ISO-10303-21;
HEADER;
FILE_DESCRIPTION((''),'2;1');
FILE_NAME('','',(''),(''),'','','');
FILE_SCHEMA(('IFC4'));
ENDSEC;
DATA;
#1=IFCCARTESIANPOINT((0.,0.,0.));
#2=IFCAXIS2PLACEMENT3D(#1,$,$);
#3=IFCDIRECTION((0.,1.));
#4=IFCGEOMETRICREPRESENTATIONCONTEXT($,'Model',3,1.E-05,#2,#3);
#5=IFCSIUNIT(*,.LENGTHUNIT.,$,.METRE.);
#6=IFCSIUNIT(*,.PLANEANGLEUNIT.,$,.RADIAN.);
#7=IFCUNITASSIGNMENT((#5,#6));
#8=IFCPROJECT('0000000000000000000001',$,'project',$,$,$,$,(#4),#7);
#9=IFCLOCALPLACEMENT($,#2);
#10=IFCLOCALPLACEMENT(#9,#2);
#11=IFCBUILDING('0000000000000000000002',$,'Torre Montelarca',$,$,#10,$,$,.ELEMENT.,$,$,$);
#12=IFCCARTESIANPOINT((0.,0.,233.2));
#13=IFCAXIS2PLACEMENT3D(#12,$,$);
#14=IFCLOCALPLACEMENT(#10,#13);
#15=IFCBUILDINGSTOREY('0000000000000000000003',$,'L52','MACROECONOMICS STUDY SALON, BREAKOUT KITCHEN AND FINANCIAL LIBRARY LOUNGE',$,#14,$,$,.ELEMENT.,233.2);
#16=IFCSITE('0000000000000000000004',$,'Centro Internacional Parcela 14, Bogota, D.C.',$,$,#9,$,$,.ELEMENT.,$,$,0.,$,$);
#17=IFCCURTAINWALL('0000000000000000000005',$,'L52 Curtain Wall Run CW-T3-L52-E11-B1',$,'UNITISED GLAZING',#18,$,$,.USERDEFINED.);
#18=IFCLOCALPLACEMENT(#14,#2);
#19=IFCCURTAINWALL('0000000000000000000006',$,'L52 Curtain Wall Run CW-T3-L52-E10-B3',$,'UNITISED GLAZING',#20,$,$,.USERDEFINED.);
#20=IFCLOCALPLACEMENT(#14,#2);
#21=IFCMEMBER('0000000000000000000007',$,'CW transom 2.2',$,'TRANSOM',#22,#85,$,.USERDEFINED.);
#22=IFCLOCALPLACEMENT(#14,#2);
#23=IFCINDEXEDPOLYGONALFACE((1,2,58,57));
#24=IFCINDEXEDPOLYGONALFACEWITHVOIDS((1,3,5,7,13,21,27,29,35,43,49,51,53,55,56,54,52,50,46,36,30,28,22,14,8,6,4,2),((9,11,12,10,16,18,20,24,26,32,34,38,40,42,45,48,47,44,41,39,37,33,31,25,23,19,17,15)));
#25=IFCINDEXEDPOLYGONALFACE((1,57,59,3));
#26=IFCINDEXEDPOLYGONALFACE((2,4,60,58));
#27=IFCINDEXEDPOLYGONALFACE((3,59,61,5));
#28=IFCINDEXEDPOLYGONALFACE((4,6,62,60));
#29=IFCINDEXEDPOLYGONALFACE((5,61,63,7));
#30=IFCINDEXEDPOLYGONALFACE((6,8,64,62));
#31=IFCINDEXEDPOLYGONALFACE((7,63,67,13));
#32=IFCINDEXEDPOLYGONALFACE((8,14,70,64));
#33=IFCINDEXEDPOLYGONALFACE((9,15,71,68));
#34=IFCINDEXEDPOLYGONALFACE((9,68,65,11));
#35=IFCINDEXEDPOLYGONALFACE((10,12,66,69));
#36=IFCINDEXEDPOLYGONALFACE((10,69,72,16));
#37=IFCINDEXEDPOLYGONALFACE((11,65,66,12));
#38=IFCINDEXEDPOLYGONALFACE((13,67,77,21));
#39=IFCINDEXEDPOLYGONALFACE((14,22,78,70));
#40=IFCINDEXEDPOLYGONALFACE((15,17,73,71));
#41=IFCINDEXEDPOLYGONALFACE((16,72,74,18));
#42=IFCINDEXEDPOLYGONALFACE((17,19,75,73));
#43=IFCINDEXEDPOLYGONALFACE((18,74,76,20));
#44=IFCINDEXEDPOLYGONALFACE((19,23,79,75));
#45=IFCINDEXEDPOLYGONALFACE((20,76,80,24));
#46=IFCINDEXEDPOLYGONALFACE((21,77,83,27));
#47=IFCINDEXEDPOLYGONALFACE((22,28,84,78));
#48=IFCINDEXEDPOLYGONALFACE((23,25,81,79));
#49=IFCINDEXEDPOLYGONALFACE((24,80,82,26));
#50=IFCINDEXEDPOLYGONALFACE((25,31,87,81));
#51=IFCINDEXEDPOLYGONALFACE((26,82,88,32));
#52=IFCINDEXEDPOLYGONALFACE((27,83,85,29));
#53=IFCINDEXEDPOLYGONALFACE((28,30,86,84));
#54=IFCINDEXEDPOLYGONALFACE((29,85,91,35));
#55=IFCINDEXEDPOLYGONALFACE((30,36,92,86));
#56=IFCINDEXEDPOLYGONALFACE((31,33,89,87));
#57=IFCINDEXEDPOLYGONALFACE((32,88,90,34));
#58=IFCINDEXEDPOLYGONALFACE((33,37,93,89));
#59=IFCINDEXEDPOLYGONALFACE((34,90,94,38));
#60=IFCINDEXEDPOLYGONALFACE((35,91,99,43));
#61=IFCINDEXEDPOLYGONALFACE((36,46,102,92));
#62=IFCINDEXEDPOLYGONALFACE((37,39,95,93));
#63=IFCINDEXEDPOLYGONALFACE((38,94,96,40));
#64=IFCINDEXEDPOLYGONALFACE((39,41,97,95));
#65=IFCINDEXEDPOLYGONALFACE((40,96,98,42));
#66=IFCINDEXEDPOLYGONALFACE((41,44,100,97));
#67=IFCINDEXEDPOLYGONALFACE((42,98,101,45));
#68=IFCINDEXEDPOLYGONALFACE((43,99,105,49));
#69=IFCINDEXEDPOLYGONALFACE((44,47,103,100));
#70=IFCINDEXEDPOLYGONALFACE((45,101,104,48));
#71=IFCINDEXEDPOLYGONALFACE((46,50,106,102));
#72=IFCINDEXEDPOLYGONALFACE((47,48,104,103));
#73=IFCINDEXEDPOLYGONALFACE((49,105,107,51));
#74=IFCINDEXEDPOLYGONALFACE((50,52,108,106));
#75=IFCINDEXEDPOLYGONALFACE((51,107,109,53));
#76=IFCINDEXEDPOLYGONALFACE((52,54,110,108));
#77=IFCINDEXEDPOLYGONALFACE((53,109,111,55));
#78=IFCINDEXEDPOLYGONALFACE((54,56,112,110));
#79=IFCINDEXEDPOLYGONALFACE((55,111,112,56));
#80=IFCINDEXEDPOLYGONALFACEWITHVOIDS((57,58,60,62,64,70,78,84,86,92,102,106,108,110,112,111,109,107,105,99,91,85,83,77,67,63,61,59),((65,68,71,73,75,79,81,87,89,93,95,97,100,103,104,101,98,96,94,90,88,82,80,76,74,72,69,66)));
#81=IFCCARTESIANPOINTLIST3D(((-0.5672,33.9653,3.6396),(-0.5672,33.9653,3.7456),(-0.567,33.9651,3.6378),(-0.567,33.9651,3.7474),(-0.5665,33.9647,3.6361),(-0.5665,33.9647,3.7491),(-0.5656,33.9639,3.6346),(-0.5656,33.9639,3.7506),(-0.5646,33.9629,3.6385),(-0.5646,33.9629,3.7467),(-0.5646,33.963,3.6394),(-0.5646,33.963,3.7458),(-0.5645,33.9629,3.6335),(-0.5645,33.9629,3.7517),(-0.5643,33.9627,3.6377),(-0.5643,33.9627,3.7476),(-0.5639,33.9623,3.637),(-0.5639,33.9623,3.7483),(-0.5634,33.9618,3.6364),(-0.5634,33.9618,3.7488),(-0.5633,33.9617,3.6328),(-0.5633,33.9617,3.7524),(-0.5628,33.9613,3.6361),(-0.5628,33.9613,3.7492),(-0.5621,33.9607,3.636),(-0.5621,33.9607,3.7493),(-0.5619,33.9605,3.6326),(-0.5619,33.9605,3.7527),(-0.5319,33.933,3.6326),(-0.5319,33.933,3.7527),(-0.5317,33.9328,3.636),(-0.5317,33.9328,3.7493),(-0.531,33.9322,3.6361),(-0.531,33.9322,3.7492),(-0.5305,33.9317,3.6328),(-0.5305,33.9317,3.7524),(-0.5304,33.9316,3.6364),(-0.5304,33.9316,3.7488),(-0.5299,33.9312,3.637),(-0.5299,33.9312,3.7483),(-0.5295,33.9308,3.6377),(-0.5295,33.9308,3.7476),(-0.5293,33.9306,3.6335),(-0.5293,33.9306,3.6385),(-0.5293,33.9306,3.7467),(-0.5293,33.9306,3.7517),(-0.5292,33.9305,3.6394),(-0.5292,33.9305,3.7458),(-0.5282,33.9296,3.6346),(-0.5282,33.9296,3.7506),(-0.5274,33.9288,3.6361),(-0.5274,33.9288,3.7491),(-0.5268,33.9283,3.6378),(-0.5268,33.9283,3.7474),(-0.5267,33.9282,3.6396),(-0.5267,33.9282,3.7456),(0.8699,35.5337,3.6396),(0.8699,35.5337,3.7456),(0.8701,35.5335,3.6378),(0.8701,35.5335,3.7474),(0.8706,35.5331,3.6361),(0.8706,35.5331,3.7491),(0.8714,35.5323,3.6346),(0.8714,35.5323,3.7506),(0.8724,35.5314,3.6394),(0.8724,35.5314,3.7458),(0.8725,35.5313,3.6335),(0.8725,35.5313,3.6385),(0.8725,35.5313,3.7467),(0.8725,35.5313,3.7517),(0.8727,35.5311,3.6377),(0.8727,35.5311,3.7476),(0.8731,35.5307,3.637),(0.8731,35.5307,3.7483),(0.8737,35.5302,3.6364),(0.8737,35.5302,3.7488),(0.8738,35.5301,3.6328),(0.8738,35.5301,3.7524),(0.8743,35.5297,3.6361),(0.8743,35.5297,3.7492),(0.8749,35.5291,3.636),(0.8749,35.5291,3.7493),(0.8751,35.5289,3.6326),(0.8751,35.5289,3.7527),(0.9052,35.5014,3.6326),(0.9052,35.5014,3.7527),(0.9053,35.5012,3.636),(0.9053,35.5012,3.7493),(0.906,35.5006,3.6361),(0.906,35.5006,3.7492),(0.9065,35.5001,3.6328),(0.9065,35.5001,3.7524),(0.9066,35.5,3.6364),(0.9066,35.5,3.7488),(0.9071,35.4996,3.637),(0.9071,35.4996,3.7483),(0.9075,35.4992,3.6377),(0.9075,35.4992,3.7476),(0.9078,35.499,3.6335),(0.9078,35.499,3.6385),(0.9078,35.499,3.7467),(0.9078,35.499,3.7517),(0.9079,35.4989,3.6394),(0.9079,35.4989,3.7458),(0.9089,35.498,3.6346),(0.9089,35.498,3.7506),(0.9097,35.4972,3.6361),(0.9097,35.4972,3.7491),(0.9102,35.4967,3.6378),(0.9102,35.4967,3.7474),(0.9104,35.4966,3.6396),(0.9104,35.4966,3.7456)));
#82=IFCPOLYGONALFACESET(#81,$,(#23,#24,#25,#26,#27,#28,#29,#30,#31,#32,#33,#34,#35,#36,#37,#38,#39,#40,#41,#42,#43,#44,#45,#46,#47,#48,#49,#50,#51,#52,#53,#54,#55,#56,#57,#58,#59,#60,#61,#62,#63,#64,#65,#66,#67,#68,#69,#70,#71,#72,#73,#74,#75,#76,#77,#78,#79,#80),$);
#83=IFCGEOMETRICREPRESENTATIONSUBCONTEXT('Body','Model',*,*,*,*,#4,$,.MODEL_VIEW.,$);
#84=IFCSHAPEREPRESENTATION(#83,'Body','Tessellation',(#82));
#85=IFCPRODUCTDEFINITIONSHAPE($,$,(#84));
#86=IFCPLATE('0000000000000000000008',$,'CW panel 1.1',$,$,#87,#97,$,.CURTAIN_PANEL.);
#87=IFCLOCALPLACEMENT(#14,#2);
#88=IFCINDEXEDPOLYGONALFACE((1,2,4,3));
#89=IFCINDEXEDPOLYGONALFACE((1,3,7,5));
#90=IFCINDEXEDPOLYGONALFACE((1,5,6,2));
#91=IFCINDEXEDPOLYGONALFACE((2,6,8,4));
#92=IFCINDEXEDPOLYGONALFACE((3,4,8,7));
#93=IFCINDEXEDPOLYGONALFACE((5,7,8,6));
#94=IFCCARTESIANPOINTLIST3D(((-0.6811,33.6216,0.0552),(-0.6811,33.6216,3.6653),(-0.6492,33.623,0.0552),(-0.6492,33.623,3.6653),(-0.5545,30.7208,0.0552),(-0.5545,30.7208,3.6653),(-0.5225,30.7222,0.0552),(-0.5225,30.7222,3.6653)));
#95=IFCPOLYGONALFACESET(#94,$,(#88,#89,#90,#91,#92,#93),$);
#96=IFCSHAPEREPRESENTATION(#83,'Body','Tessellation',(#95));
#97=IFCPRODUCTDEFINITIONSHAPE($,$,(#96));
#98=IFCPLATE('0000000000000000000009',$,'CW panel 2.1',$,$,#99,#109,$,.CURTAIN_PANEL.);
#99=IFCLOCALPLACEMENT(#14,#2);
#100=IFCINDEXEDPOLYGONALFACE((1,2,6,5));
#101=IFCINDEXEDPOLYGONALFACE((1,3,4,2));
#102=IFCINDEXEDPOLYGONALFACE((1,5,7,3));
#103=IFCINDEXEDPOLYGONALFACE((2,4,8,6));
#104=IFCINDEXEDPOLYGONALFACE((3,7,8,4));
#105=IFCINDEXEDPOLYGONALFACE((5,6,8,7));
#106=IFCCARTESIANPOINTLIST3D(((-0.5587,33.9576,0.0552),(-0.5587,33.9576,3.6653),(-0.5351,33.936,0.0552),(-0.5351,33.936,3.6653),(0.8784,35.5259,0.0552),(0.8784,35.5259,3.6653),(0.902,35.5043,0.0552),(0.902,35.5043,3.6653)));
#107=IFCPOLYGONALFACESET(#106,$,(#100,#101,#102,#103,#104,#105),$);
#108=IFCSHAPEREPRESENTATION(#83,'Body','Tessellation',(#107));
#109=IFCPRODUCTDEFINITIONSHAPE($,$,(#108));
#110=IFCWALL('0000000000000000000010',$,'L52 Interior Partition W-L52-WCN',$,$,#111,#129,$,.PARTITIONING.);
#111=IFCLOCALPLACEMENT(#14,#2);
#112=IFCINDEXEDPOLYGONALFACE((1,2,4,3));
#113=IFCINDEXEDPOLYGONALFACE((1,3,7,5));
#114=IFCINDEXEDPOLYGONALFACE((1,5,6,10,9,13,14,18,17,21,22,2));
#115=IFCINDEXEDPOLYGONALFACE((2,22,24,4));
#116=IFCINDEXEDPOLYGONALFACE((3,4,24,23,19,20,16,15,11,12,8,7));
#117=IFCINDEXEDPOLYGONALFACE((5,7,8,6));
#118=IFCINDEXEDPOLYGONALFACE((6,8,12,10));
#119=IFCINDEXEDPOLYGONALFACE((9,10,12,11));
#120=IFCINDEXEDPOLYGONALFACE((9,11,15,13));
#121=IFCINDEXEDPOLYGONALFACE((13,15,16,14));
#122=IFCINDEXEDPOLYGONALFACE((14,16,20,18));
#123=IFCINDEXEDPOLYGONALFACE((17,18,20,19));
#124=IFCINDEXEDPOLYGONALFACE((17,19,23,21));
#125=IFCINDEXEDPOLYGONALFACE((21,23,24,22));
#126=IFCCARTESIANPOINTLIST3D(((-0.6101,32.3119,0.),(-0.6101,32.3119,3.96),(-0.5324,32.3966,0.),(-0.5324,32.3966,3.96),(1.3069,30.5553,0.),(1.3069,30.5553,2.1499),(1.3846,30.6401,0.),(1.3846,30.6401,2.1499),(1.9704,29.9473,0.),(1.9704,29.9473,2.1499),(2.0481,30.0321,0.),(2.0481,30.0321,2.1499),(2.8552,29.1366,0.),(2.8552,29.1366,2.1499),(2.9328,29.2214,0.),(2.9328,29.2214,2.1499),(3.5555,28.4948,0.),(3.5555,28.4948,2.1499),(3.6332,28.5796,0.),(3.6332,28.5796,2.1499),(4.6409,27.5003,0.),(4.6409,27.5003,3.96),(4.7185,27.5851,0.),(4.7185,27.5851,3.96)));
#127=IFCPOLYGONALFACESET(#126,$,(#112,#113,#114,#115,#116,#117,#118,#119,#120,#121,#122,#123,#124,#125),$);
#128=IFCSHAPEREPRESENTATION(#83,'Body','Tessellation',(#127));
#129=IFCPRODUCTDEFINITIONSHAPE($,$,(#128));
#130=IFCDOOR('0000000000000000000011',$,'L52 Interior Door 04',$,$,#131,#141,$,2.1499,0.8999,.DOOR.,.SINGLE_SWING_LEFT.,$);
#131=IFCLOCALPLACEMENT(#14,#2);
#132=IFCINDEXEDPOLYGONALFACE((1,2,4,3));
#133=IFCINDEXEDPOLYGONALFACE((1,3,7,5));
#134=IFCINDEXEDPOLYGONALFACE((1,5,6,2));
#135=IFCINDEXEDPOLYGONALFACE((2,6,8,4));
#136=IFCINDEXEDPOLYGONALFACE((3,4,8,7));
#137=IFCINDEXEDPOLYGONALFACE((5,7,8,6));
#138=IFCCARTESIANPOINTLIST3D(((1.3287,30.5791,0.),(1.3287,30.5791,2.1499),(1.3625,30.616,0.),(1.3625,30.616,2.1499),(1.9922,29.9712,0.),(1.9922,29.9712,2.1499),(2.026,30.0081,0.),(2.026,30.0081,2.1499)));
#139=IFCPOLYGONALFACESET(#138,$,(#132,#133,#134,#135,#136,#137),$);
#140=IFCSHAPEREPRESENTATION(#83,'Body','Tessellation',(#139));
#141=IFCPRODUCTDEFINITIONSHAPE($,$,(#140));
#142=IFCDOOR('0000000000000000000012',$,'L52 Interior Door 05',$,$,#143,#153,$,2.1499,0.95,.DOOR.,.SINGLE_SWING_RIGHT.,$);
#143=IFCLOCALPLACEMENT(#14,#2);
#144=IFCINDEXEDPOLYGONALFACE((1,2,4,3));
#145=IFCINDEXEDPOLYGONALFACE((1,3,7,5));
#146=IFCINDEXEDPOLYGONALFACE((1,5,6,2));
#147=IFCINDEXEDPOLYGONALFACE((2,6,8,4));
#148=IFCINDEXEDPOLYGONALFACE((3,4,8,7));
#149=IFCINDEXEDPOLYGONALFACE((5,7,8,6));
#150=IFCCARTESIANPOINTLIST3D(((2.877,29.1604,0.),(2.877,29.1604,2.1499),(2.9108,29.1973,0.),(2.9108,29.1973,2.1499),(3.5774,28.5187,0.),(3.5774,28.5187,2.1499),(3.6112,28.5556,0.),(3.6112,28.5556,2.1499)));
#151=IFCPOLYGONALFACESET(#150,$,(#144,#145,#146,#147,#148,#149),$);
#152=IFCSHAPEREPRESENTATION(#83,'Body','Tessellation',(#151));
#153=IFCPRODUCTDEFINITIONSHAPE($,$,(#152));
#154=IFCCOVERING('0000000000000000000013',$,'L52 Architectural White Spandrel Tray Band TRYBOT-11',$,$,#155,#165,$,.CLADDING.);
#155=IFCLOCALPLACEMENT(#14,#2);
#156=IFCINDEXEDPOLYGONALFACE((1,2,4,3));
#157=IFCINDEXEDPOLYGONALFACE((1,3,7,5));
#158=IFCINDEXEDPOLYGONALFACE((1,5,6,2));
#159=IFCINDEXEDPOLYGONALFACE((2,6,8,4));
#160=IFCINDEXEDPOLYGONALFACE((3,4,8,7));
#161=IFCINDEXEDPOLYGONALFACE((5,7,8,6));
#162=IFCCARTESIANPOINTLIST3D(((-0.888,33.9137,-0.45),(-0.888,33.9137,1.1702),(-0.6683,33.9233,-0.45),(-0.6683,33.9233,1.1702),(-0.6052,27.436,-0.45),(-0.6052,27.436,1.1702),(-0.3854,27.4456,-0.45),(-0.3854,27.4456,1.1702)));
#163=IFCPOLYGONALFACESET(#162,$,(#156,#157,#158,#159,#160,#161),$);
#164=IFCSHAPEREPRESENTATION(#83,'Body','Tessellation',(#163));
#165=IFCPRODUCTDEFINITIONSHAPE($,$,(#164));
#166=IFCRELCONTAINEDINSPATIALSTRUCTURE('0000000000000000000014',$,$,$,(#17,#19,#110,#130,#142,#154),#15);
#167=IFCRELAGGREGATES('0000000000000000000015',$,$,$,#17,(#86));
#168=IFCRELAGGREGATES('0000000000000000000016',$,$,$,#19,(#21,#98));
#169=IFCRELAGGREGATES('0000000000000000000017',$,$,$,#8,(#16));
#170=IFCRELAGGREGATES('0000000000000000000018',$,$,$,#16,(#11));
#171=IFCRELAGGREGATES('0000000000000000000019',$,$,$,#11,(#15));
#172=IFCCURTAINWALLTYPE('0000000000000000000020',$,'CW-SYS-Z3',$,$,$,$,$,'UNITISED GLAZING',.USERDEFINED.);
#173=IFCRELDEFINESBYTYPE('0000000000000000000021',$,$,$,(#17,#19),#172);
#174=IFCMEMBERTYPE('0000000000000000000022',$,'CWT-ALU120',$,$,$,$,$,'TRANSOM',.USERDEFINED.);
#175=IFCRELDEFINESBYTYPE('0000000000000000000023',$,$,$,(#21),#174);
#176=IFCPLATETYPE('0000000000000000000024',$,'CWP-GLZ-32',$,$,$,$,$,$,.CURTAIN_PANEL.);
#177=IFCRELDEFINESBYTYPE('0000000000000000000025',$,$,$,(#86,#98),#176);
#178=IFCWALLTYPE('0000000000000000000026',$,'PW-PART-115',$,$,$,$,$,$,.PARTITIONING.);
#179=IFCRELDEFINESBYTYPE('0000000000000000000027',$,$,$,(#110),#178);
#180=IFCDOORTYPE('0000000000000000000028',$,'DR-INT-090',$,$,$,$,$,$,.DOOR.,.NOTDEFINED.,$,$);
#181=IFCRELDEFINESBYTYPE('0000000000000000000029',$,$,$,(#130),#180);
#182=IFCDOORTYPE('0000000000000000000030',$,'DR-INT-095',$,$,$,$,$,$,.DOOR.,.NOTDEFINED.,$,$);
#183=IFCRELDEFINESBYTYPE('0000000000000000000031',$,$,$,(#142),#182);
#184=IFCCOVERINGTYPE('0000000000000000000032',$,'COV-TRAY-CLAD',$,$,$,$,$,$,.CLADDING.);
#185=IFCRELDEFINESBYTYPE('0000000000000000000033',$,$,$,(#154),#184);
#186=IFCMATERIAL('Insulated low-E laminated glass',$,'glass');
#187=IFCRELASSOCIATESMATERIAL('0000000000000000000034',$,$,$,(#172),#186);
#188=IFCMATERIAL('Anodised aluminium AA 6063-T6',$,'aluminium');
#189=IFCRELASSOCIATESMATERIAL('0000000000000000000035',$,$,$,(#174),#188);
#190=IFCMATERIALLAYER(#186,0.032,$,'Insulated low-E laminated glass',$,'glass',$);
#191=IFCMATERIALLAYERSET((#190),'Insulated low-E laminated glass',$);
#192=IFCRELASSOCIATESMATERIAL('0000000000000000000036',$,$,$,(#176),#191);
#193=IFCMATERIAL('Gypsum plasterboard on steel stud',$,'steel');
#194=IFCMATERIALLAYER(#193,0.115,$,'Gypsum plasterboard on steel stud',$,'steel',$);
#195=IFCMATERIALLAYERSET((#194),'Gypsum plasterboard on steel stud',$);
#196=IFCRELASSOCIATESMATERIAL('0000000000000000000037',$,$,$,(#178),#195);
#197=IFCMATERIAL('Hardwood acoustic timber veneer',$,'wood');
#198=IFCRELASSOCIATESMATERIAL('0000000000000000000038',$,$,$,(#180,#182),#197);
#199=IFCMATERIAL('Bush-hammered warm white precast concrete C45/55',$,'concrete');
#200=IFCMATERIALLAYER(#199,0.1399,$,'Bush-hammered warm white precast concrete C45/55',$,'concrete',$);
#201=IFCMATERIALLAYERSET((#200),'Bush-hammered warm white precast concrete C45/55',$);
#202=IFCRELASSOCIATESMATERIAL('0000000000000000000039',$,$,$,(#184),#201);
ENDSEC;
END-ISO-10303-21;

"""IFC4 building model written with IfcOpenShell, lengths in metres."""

from ifc_helpers import new_model, si_unit, direction, frame, frame_2d, origin, origin_2d, place, context, subcontext, project, spatial, rectangle, hollow_rectangle, extrude, source, transform, mapped, material, layer, layer_set, material_profile, profile_set, type_object, element, fill, aggregate, save


model = new_model("IFC4")

# Units and contexts
model_context = context("Model", 3, precision=1e-05, world=origin(), true_north=direction((0.0, 1.0)))
body_context = subcontext(model_context, "Body", "Model", "MODEL_VIEW")
ifc_project = project(units=[si_unit("LENGTHUNIT", "METRE"), si_unit("PLANEANGLEUNIT", "RADIAN")], contexts=[model_context])

# Site, building, storey
site_placement = place(None, origin())
site = spatial("IfcSite", under=ifc_project, at=site_placement, Name="Centro Internacional Parcela 14, Bogota, D.C.", CompositionType="ELEMENT", RefElevation=0.0)
building_placement = place(site_placement, origin())
building = spatial("IfcBuilding", under=site, at=building_placement, Name="Torre Montelarca", CompositionType="ELEMENT")
storey_placement = place(building_placement, frame((0.0, 0.0, 233.2)))
storey = spatial("IfcBuildingStorey", under=building, at=storey_placement, Name="L52", Description="MACROECONOMICS STUDY SALON, BREAKOUT KITCHEN AND FINANCIAL LIBRARY LOUNGE", CompositionType="ELEMENT", Elevation=233.2)

# Curtain wall
ifc_material_1 = material(Name="Insulated low-E laminated glass", Category="glass")
curtain_wall_type = type_object("IfcCurtainWallType", Name="CW-SYS-Z3", ElementType="UNITISED GLAZING", PredefinedType="USERDEFINED", material=ifc_material_1)
curtain_wall_1_placement = place(storey_placement, origin())
curtain_wall_1 = element("IfcCurtainWall", 1, at=curtain_wall_1_placement, inside=storey, type_object=curtain_wall_type, Name="L52 Curtain Wall Run CW-T3-L52-E11-B1", ObjectType="UNITISED GLAZING", PredefinedType="USERDEFINED")
ifc_material_2 = material(Name="Anodised aluminium AA 6063-T6", Category="aluminium")
ifc_material_profile_1 = material_profile(ifc_material_2, hollow_rectangle(XDim=0.0549, YDim=0.1201, WallThickness=0.0034, InnerFilletRadius=0.0034, OuterFilletRadius=0.0071, at=origin_2d()), Name="ALU55X120X3.5", Category="aluminium")
ifc_profile_set_1 = profile_set([ifc_material_profile_1], Name="Anodised aluminium AA 6063-T6")
member_type_1 = type_object("IfcMemberType", Name="CWT-ALU120", ElementType="TRANSOM", PredefinedType="USERDEFINED", material=ifc_profile_set_1)

# Curtain wall
curtain_wall_2_placement = place(storey_placement, origin())
curtain_wall_2 = element("IfcCurtainWall", 2, at=curtain_wall_2_placement, inside=storey, type_object=curtain_wall_type, Name="L52 Curtain Wall Run CW-T3-L52-E10-B3", ObjectType="UNITISED GLAZING", PredefinedType="USERDEFINED")

# Member
shared_shape_1 = source(origin(), body_context, "Body", "SweptSolid", [
    extrude(hollow_rectangle(XDim=0.0549, YDim=0.1201, WallThickness=0.0034, InnerFilletRadius=0.0034, OuterFilletRadius=0.0071, at=origin_2d()), origin(), (0.0, 0.0, 1.0), 2.1272),
])
member_1_placement = place(storey_placement, frame((0.8901, 35.5151, 3.6926), z_axis=(-0.675558, -0.737307, 0.0), x_axis=(0.737307, -0.675558, 0.0)))
member_1 = element("IfcMember", 3, at=member_1_placement, type_object=member_type_1, Name="CW transom 2.2", ObjectType="TRANSOM", PredefinedType="USERDEFINED", context=body_context, shape_type="MappedRepresentation", body=[
    mapped(shared_shape_1, transform((0.0, 0.0, 0.0), scale=1.0)),
])

# Plates
ifc_layer_1 = layer(ifc_material_1, 0.032, Name="Insulated low-E laminated glass", Category="glass")
ifc_layer_set_1 = layer_set([ifc_layer_1], Name="Insulated low-E laminated glass")
plate_type = type_object("IfcPlateType", Name="CWP-GLZ-32", PredefinedType="CURTAIN_PANEL", material=ifc_layer_set_1)
shared_shape_2 = source(origin(), body_context, "Body", "SweptSolid", [
    extrude(rectangle(XDim=2.9036, YDim=0.032, at=origin_2d()), origin(), (0.0, 0.0, 1.0), 3.6101),
])
plate_1_placement = place(storey_placement, frame((-0.6018, 32.1719, 0.0552), z_axis=(0.0, 0.0, 1.0), x_axis=(0.043616, -0.999048, 0.0)))
plate_1 = element("IfcPlate", 4, at=plate_1_placement, type_object=plate_type, Name="CW panel 1.1", PredefinedType="CURTAIN_PANEL", context=body_context, shape_type="MappedRepresentation", body=[
    mapped(shared_shape_2, transform((0.0, 0.0, 0.0), scale=1.0)),
])
aggregate(curtain_wall_1, [plate_1])
shared_shape_3 = source(origin(), body_context, "Body", "SweptSolid", [
    extrude(rectangle(XDim=2.1272, YDim=0.032, at=origin_2d()), origin(), (0.0, 0.0, 1.0), 3.6101),
])
plate_2_placement = place(storey_placement, frame((0.1716, 34.731, 0.0552), z_axis=(0.0, 0.0, 1.0), x_axis=(-0.67558, -0.737287, 0.0)))
plate_2 = element("IfcPlate", 5, at=plate_2_placement, type_object=plate_type, Name="CW panel 2.1", PredefinedType="CURTAIN_PANEL", context=body_context, shape_type="MappedRepresentation", body=[
    mapped(shared_shape_3, transform((0.0, 0.0, 0.0), scale=1.0)),
])
aggregate(curtain_wall_2, [member_1, plate_2])

# Wall, openings, doors
ifc_material_3 = material(Name="Gypsum plasterboard on steel stud", Category="steel")
ifc_layer_2 = layer(ifc_material_3, 0.115, Name="Gypsum plasterboard on steel stud", Category="steel")
ifc_layer_set_2 = layer_set([ifc_layer_2], Name="Gypsum plasterboard on steel stud")
wall_type_1 = type_object("IfcWallType", Name="PW-PART-115", PredefinedType="PARTITIONING", material=ifc_layer_set_2)
wall_1_placement = place(storey_placement, frame((-0.5713, 32.3542, 0.0), z_axis=(0.0, 0.0, 1.0), x_axis=(0.737285, -0.675582, 0.0)))
wall_1 = element("IfcWall", 6, at=wall_1_placement, inside=storey, type_object=wall_type_1, Name="L52 Interior Partition W-L52-WCN", PredefinedType="PARTITIONING", context=body_context, shape_type="SweptSolid", body=[
    extrude(rectangle(XDim=7.1221, YDim=0.115, at=frame_2d((3.561, 0.0))), origin(), (0.0, 0.0, 1.0), 3.96),
])
opening_1_placement = place(wall_1_placement, frame((2.6001, 0.0, 0.0)))
opening_1 = element("IfcOpeningElement", 7, at=opening_1_placement, cuts=wall_1, PredefinedType="OPENING", context=body_context, shape_type="SweptSolid", body=[
    extrude(rectangle(XDim=0.8999, YDim=2.1499, at=frame_2d((0.45, 1.075))), frame((0.0, 0.0674, 0.0), z_axis=(0.0, -1.0, 0.0), x_axis=(1.0, 0.0, 0.0)), (0.0, 0.0, 1.0), 0.135),
])
opening_2_placement = place(wall_1_placement, frame((4.7, 0.0, 0.0)))
opening_2 = element("IfcOpeningElement", 8, at=opening_2_placement, cuts=wall_1, PredefinedType="OPENING", context=body_context, shape_type="SweptSolid", body=[
    extrude(rectangle(XDim=0.95, YDim=2.1499, at=frame_2d((0.4751, 1.075))), frame((0.0, 0.0674, 0.0), z_axis=(0.0, -1.0, 0.0), x_axis=(1.0, 0.0, 0.0)), (0.0, 0.0, 1.0), 0.135),
])
ifc_material_4 = material(Name="Hardwood acoustic timber veneer", Category="wood")
door_type_1 = type_object("IfcDoorType", Name="DR-INT-090", OperationType="NOTDEFINED", PredefinedType="DOOR", material=ifc_material_4)
shared_shape_4 = source(origin(), body_context, "Body", "SweptSolid", [
    extrude(rectangle(XDim=0.8999, YDim=2.1499, at=frame_2d((0.45, 1.075))), frame((0.0, 0.0249, 0.0), z_axis=(0.0, -1.0, 0.0), x_axis=(1.0, 0.0, 0.0)), (0.0, 0.0, 1.0), 0.05),
])
door_1_placement = place(opening_1_placement, origin())
door_1 = element("IfcDoor", 9, at=door_1_placement, inside=storey, type_object=door_type_1, Name="L52 Interior Door 04", OperationType="SINGLE_SWING_LEFT", OverallHeight=2.1499, OverallWidth=0.8999, PredefinedType="DOOR", context=body_context, shape_type="MappedRepresentation", body=[
    mapped(shared_shape_4, transform((0.0, 0.0, 0.0), scale=1.0)),
])
fill(opening_1, door_1)
door_type_2 = type_object("IfcDoorType", Name="DR-INT-095", OperationType="NOTDEFINED", PredefinedType="DOOR", material=ifc_material_4)
shared_shape_5 = source(origin(), body_context, "Body", "SweptSolid", [
    extrude(rectangle(XDim=0.95, YDim=2.1499, at=frame_2d((0.4751, 1.075))), frame((0.0, 0.0249, 0.0), z_axis=(0.0, -1.0, 0.0), x_axis=(1.0, 0.0, 0.0)), (0.0, 0.0, 1.0), 0.05),
])
door_2_placement = place(opening_2_placement, origin())
door_2 = element("IfcDoor", 10, at=door_2_placement, inside=storey, type_object=door_type_2, Name="L52 Interior Door 05", OperationType="SINGLE_SWING_RIGHT", OverallHeight=2.1499, OverallWidth=0.95, PredefinedType="DOOR", context=body_context, shape_type="MappedRepresentation", body=[
    mapped(shared_shape_5, transform((0.0, 0.0, 0.0), scale=1.0)),
])
fill(opening_2, door_2)

# Covering
ifc_material_5 = material(Name="Bush-hammered warm white precast concrete C45/55", Category="concrete")
ifc_layer_3 = layer(ifc_material_5, 0.1399, Name="Bush-hammered warm white precast concrete C45/55", Category="concrete")
ifc_layer_set_3 = layer_set([ifc_layer_3], Name="Bush-hammered warm white precast concrete C45/55")
covering_type = type_object("IfcCoveringType", Name="COV-TRAY-CLAD", PredefinedType="CLADDING", material=ifc_layer_set_3)
shared_shape_6 = source(origin(), body_context, "Body", "SweptSolid", [
    extrude(rectangle(XDim=6.4839, YDim=0.22, at=origin_2d()), origin(), (0.0, 0.0, 1.0), 1.6201),
])
covering_placement = place(storey_placement, frame((-0.6367, 30.6797, -0.45), z_axis=(0.0, 0.0, 1.0), x_axis=(0.043621, -0.999048, 0.0)))
element("IfcCovering", 11, at=covering_placement, inside=storey, type_object=covering_type, Name="L52 Architectural White Spandrel Tray Band TRYBOT-11", PredefinedType="CLADDING", context=body_context, shape_type="MappedRepresentation", body=[
    mapped(shared_shape_6, transform((0.0, 0.0, 0.0), scale=1.0)),
])

save(model, "model.ifc")
